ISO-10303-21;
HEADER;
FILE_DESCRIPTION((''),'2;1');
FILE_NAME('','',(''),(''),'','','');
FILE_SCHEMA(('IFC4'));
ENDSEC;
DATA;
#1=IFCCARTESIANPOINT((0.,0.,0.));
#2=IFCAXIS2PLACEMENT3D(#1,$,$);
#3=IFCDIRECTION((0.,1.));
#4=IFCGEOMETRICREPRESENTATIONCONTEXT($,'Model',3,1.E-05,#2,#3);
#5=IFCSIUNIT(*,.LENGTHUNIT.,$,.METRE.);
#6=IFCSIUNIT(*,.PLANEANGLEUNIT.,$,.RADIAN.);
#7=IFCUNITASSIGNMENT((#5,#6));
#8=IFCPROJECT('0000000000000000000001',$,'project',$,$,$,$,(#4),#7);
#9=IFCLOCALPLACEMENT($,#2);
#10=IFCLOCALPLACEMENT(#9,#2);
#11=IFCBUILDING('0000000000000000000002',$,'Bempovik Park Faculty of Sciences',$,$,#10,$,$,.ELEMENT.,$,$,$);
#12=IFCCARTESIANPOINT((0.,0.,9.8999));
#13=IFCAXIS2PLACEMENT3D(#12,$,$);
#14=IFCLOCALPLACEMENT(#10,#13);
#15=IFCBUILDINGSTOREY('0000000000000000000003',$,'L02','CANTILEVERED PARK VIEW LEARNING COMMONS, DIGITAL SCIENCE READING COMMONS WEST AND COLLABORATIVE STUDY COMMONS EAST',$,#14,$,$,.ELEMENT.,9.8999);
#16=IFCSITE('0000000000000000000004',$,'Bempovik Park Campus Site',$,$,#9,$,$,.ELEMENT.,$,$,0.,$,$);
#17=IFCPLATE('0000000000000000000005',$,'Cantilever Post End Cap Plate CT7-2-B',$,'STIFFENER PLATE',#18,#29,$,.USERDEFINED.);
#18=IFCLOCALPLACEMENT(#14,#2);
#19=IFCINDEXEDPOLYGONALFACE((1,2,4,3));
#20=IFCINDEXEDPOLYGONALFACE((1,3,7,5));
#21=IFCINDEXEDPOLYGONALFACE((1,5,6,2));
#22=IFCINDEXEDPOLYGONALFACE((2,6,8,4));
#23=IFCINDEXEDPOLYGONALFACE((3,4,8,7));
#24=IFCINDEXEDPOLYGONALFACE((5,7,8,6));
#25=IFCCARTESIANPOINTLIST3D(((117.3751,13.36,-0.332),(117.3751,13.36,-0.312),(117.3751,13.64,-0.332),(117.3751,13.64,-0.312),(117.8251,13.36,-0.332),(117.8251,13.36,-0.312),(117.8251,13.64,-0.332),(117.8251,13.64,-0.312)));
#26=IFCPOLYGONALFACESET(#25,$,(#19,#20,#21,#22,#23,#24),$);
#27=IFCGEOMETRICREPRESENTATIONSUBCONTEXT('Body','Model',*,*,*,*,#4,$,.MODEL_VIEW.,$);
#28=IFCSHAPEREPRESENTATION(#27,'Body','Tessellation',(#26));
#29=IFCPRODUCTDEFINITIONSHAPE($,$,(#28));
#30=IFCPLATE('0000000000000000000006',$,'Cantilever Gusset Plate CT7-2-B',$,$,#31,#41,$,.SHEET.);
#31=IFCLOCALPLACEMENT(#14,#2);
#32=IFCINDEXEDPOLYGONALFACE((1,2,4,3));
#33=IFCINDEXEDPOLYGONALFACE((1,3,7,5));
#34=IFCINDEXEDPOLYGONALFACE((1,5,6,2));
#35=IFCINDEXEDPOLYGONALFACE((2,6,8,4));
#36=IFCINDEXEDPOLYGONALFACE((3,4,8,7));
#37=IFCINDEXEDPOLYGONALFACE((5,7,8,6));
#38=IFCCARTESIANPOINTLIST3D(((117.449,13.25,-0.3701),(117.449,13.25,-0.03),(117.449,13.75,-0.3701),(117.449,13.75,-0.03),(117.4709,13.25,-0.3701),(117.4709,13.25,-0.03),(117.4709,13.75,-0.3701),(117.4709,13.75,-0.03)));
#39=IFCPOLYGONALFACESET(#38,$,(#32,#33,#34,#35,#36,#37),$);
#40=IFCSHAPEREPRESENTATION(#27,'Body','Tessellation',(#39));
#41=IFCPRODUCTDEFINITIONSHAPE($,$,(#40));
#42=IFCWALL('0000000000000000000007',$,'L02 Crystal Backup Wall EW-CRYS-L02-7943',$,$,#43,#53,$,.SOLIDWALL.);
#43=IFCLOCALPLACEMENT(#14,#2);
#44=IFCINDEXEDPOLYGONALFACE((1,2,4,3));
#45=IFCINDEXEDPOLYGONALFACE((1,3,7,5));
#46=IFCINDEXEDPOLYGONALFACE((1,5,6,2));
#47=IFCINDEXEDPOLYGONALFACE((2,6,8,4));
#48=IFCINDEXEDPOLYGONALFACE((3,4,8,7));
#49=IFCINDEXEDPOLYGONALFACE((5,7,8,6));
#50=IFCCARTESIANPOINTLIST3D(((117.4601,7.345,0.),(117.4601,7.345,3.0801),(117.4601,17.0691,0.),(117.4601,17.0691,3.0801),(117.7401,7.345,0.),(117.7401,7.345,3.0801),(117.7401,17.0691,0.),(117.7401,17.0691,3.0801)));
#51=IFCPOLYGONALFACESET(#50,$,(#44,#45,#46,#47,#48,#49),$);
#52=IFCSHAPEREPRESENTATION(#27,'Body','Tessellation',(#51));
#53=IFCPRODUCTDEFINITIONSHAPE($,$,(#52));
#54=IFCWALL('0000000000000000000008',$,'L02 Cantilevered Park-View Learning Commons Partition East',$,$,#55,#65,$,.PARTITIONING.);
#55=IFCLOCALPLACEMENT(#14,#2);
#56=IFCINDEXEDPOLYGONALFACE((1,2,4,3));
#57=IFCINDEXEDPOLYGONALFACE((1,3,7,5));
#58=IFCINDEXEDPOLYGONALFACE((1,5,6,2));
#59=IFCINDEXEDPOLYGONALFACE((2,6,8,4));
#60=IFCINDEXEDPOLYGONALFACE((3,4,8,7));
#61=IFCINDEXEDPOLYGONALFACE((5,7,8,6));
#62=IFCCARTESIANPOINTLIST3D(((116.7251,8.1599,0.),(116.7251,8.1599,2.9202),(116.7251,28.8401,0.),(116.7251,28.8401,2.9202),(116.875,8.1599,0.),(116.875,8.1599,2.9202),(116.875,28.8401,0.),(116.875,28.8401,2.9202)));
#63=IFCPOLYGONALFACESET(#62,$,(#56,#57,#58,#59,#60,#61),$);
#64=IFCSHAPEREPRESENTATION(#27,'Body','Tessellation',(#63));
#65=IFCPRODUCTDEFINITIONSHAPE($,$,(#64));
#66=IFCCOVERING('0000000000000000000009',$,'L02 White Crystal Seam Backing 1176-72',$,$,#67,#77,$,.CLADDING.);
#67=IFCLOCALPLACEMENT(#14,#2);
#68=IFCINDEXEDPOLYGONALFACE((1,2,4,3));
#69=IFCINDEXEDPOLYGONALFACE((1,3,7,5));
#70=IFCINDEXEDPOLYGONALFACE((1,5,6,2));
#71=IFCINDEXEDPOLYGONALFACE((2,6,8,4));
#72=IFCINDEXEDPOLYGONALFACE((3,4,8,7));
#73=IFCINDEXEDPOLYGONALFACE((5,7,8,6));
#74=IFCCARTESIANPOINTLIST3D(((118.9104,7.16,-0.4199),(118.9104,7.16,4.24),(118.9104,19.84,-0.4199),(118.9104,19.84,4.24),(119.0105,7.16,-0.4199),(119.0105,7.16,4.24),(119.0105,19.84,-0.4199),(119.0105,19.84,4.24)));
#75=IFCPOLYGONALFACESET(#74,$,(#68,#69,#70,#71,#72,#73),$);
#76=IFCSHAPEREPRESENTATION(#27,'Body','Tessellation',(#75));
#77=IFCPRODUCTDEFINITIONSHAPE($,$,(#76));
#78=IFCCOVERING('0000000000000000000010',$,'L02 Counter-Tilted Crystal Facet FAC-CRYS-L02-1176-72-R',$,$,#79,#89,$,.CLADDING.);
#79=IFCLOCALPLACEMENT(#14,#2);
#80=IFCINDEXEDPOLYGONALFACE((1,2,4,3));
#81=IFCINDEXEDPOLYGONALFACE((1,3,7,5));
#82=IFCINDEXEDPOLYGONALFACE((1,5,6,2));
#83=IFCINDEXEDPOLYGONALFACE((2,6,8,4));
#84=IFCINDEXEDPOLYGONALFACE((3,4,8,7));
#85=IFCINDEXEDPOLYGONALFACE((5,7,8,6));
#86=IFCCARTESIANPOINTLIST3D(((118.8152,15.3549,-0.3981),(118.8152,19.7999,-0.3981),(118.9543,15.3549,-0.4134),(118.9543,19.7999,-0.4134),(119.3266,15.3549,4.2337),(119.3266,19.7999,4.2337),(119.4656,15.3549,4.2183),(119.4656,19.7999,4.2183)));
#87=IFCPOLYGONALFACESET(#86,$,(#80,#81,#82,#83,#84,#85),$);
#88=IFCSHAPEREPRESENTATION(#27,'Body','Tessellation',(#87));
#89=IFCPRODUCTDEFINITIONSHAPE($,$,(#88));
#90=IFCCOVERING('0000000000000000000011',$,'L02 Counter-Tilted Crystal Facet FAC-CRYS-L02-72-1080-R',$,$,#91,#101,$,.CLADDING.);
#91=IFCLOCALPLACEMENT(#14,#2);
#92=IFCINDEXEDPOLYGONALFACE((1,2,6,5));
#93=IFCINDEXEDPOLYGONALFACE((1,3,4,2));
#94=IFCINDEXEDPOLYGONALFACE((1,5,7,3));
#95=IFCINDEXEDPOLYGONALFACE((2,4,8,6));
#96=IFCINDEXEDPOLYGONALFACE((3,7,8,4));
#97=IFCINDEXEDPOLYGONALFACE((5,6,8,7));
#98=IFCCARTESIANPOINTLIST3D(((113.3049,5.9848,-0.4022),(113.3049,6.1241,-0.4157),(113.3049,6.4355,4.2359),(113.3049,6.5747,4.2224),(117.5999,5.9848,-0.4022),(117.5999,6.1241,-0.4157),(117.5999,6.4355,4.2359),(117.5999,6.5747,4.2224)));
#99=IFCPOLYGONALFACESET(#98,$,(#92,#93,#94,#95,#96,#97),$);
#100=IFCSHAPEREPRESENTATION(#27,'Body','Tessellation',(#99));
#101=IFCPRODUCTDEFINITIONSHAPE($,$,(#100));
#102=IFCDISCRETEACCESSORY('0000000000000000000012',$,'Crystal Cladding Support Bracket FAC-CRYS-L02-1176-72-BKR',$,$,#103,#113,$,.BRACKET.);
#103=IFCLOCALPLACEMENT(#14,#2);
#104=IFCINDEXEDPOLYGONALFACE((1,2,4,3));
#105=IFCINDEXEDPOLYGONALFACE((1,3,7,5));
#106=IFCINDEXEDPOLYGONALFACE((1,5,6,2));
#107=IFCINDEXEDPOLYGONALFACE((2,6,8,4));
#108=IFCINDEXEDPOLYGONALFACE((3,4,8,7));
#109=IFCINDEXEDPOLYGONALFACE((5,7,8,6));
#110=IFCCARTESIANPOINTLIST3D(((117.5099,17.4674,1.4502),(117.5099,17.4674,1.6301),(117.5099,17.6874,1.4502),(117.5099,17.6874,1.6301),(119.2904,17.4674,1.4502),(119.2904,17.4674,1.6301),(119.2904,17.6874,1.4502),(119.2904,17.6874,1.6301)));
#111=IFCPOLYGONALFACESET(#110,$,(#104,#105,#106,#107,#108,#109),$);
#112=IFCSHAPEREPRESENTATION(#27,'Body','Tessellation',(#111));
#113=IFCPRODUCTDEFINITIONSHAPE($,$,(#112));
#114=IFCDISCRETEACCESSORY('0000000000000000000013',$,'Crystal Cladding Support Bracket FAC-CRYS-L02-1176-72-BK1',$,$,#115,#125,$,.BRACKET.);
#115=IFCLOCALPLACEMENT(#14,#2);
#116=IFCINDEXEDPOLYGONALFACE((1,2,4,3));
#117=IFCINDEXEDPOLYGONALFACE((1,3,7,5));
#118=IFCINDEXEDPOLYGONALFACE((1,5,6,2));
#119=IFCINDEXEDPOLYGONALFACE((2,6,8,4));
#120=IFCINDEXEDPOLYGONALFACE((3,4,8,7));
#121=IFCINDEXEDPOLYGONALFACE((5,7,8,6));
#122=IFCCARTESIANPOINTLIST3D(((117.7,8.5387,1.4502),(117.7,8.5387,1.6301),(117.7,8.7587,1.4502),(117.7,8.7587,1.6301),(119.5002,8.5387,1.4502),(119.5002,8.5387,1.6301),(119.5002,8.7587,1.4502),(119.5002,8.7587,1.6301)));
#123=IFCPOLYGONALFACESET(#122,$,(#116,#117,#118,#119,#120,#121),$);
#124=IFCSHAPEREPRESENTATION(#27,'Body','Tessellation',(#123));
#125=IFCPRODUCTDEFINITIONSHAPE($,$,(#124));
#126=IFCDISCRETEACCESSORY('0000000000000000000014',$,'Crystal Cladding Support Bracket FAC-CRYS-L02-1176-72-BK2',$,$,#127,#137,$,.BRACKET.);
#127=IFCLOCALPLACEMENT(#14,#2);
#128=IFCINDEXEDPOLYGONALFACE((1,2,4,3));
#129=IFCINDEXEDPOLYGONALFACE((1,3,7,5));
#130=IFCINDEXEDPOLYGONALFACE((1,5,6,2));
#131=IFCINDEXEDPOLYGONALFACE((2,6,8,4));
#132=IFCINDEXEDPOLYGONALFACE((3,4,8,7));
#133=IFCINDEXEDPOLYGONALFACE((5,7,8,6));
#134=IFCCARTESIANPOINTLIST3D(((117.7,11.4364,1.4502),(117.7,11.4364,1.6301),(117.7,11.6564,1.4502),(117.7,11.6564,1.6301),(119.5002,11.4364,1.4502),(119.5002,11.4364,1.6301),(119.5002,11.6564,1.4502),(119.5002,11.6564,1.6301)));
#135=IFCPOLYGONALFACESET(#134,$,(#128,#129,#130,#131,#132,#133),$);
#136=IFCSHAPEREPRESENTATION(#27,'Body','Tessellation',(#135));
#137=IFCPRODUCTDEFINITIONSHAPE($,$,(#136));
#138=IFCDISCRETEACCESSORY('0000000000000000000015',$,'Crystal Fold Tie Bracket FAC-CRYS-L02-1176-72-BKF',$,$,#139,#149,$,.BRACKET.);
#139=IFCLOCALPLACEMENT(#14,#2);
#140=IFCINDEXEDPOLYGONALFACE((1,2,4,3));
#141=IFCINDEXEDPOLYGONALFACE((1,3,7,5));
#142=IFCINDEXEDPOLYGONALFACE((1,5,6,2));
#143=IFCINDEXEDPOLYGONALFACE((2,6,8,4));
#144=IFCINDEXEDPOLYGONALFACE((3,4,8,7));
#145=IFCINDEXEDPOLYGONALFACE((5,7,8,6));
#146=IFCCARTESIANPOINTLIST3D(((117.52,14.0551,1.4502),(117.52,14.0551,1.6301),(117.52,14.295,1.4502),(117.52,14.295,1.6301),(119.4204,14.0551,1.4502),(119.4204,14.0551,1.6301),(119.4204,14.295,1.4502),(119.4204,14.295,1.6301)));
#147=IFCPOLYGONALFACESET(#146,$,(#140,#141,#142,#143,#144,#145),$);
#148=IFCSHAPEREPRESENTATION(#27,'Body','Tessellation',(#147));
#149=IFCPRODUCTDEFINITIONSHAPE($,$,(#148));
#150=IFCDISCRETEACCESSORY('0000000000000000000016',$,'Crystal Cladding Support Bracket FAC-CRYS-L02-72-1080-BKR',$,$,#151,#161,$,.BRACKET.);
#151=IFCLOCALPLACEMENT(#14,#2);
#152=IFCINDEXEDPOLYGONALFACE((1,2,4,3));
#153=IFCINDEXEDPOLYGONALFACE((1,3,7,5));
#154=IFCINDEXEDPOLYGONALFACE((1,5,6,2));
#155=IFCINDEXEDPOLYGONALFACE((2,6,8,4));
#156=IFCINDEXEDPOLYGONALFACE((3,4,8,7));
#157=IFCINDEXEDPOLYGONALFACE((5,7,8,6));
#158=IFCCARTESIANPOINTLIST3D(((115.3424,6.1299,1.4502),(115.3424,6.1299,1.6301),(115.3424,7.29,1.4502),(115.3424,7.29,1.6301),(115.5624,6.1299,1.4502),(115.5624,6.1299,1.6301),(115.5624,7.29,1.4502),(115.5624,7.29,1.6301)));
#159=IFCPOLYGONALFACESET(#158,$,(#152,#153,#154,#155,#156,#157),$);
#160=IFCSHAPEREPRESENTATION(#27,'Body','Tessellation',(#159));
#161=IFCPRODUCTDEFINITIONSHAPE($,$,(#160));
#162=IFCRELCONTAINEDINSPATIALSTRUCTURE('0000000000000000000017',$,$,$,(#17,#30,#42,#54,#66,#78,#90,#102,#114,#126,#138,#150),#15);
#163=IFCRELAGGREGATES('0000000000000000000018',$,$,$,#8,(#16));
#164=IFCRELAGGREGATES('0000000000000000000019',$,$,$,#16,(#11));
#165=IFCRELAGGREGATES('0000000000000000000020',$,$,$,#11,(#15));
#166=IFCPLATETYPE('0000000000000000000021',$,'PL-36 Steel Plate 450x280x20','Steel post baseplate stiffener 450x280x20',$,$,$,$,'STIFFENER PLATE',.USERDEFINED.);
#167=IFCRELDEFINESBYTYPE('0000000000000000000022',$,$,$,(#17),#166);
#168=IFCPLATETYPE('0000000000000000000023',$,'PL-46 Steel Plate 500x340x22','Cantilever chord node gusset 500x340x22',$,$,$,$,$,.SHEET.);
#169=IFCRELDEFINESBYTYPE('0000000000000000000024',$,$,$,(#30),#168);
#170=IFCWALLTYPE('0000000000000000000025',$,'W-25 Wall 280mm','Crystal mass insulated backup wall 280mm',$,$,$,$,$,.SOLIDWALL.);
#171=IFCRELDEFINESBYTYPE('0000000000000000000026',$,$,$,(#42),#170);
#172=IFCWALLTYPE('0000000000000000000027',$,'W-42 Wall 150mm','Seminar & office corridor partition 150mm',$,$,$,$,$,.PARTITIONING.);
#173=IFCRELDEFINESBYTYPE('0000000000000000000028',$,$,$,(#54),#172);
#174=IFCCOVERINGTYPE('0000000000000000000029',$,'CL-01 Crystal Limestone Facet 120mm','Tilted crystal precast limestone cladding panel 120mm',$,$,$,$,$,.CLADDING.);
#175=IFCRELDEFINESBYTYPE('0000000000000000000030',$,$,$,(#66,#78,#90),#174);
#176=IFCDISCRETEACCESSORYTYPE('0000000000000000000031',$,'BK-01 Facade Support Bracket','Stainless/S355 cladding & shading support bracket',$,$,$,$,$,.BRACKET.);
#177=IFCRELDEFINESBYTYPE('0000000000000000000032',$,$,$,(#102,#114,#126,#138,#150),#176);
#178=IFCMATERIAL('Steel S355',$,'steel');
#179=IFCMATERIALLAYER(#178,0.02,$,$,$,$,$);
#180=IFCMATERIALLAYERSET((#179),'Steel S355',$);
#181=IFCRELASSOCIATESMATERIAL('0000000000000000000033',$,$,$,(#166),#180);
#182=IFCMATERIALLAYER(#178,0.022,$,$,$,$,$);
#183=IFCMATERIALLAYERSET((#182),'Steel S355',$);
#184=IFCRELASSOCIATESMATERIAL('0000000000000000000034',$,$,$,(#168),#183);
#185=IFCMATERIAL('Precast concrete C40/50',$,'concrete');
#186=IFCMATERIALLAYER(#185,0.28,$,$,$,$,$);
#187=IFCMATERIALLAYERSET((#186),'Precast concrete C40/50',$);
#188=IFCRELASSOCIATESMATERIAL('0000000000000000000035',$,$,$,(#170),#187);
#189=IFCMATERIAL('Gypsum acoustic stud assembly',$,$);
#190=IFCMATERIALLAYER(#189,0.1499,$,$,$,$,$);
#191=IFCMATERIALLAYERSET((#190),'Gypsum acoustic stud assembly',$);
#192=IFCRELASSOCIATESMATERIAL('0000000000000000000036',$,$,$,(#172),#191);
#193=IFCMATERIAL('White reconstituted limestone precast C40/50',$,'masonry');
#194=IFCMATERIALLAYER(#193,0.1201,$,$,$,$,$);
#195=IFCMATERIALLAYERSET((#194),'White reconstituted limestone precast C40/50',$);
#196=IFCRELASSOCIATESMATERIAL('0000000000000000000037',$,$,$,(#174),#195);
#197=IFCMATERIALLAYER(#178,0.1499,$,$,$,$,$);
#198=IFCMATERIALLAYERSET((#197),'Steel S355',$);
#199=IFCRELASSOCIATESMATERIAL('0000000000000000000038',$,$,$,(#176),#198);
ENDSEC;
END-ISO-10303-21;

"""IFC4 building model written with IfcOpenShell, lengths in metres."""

from ifc_helpers import new_model, si_unit, direction, frame, frame_2d, origin, origin_2d, place, context, subcontext, project, spatial, rectangle, extrude, material, layer, layer_set, type_object, element, save


model = new_model("IFC4")

# Units and contexts
model_context = context("Model", 3, precision=1e-05, world=origin(), true_north=direction((0.0, 1.0)))
body_context = subcontext(model_context, "Body", "Model", "MODEL_VIEW")
ifc_project = project(units=[si_unit("LENGTHUNIT", "METRE"), si_unit("PLANEANGLEUNIT", "RADIAN")], contexts=[model_context])

# Site, building, storey
site_placement = place(None, origin())
site = spatial("IfcSite", under=ifc_project, at=site_placement, Name="Bempovik Park Campus Site", CompositionType="ELEMENT", RefElevation=0.0)
building_placement = place(site_placement, origin())
building = spatial("IfcBuilding", under=site, at=building_placement, Name="Bempovik Park Faculty of Sciences", CompositionType="ELEMENT")
storey_placement = place(building_placement, frame((0.0, 0.0, 9.8999)))
storey = spatial("IfcBuildingStorey", under=building, at=storey_placement, Name="L02", Description="CANTILEVERED PARK VIEW LEARNING COMMONS, DIGITAL SCIENCE READING COMMONS WEST AND COLLABORATIVE STUDY COMMONS EAST", CompositionType="ELEMENT", Elevation=9.8999)

# Shared definitions
ifc_material_1 = material(Name="Steel S355", Category="steel")

# Plates
ifc_layer_1 = layer(ifc_material_1, 0.02)
ifc_layer_set_1 = layer_set([ifc_layer_1], Name="Steel S355")
plate_type_1 = type_object("IfcPlateType", Name="PL-36 Steel Plate 450x280x20", Description="Steel post baseplate stiffener 450x280x20", ElementType="STIFFENER PLATE", PredefinedType="USERDEFINED", material=ifc_layer_set_1)
for number, where, z_axis, x_axis, name in (
    (1, (117.6001, 13.5, -0.332), (0.0, 0.0, 1.0), (1.0, 0.0, 0.0), "Cantilever Post End Cap Plate CT7-2-B"),
):
    element("IfcPlate", number, at=place(storey_placement, frame(where, z_axis=z_axis, x_axis=x_axis)), inside=storey, type_object=plate_type_1, Name=name, ObjectType="STIFFENER PLATE", PredefinedType="USERDEFINED", context=body_context, shape_type="SweptSolid", body=[
        extrude(rectangle(XDim=0.45, YDim=0.28, at=origin_2d()), origin(), (0.0, 0.0, 1.0), 0.02),
    ])
ifc_layer_2 = layer(ifc_material_1, 0.022)
ifc_layer_set_2 = layer_set([ifc_layer_2], Name="Steel S355")
plate_type_2 = type_object("IfcPlateType", Name="PL-46 Steel Plate 500x340x22", Description="Cantilever chord node gusset 500x340x22", PredefinedType="SHEET", material=ifc_layer_set_2)
plate_1_placement = place(storey_placement, frame((117.46, 13.5, -0.3701), z_axis=(0.0, 0.0, 1.0), x_axis=(1.0, 0.0, 0.0)))
element("IfcPlate", 2, at=plate_1_placement, inside=storey, type_object=plate_type_2, Name="Cantilever Gusset Plate CT7-2-B", PredefinedType="SHEET", context=body_context, shape_type="SweptSolid", body=[
    extrude(rectangle(XDim=0.022, YDim=0.5, at=origin_2d()), origin(), (0.0, 0.0, 1.0), 0.3401),
])

# Walls
ifc_material_2 = material(Name="Precast concrete C40/50", Category="concrete")
ifc_layer_3 = layer(ifc_material_2, 0.28)
ifc_layer_set_3 = layer_set([ifc_layer_3], Name="Precast concrete C40/50")
wall_type_1 = type_object("IfcWallType", Name="W-25 Wall 280mm", Description="Crystal mass insulated backup wall 280mm", PredefinedType="SOLIDWALL", material=ifc_layer_set_3)
wall_1_placement = place(storey_placement, frame((117.6001, 7.345, 0.0), z_axis=(0.0, 0.0, 1.0), x_axis=(0.0, 1.0, 0.0)))
element("IfcWall", 3, at=wall_1_placement, inside=storey, type_object=wall_type_1, Name="L02 Crystal Backup Wall EW-CRYS-L02-7943", PredefinedType="SOLIDWALL", context=body_context, shape_type="SweptSolid", body=[
    extrude(rectangle(XDim=9.7241, YDim=0.28, at=frame_2d((4.8621, 0.0))), origin(), (0.0, 0.0, 1.0), 3.0801),
])
ifc_material_3 = material(Name="Gypsum acoustic stud assembly")
ifc_layer_4 = layer(ifc_material_3, 0.1499)
ifc_layer_set_4 = layer_set([ifc_layer_4], Name="Gypsum acoustic stud assembly")
wall_type_2 = type_object("IfcWallType", Name="W-42 Wall 150mm", Description="Seminar & office corridor partition 150mm", PredefinedType="PARTITIONING", material=ifc_layer_set_4)
wall_2_placement = place(storey_placement, frame((116.8, 8.1599, 0.0), z_axis=(0.0, 0.0, 1.0), x_axis=(0.0, 1.0, 0.0)))
element("IfcWall", 4, at=wall_2_placement, inside=storey, type_object=wall_type_2, Name="L02 Cantilevered Park-View Learning Commons Partition East", PredefinedType="PARTITIONING", context=body_context, shape_type="SweptSolid", body=[
    extrude(rectangle(XDim=20.6802, YDim=0.1499, at=frame_2d((10.3401, 0.0))), origin(), (0.0, 0.0, 1.0), 2.9202),
])

# Coverings
ifc_material_4 = material(Name="White reconstituted limestone precast C40/50", Category="masonry")
ifc_layer_5 = layer(ifc_material_4, 0.1201)
ifc_layer_set_5 = layer_set([ifc_layer_5], Name="White reconstituted limestone precast C40/50")
covering_type = type_object("IfcCoveringType", Name="CL-01 Crystal Limestone Facet 120mm", Description="Tilted crystal precast limestone cladding panel 120mm", PredefinedType="CLADDING", material=ifc_layer_set_5)
covering_1_placement = place(storey_placement, frame((118.9604, 13.5, -0.4199), z_axis=(0.0, 0.0, 1.0), x_axis=(1.0, 0.0, 0.0)))
element("IfcCovering", 5, at=covering_1_placement, inside=storey, type_object=covering_type, Name="L02 White Crystal Seam Backing 1176-72", PredefinedType="CLADDING", context=body_context, shape_type="SweptSolid", body=[
    extrude(rectangle(XDim=0.1001, YDim=12.6799, at=origin_2d()), origin(), (0.0, 0.0, 1.0), 4.6599),
])
covering_2_placement = place(storey_placement, frame((118.8848, 17.5774, -0.4058), z_axis=(0.109734, 0.0, 0.993961), x_axis=(0.0, 1.0, 0.0)))
element("IfcCovering", 6, at=covering_2_placement, inside=storey, type_object=covering_type, Name="L02 Counter-Tilted Crystal Facet FAC-CRYS-L02-1176-72-R", PredefinedType="CLADDING", context=body_context, shape_type="SweptSolid", body=[
    extrude(rectangle(XDim=4.4451, YDim=0.1399, at=origin_2d()), origin(), (0.0, 0.0, 1.0), 4.6599),
])
covering_3_placement = place(storey_placement, frame((115.4524, 6.0544, -0.4089), z_axis=(0.0, 0.096714, 0.995312), x_axis=(1.0, 0.0, 0.0)))
element("IfcCovering", 7, at=covering_3_placement, inside=storey, type_object=covering_type, Name="L02 Counter-Tilted Crystal Facet FAC-CRYS-L02-72-1080-R", PredefinedType="CLADDING", context=body_context, shape_type="SweptSolid", body=[
    extrude(rectangle(XDim=4.2949, YDim=0.1399, at=origin_2d()), origin(), (0.0, 0.0, 1.0), 4.6599),
])

# Discrete accessories
ifc_layer_6 = layer(ifc_material_1, 0.1499)
ifc_layer_set_6 = layer_set([ifc_layer_6], Name="Steel S355")
discrete_accessory_type = type_object("IfcDiscreteAccessoryType", Name="BK-01 Facade Support Bracket", Description="Stainless/S355 cladding & shading support bracket", PredefinedType="BRACKET", material=ifc_layer_set_6)
discrete_accessory_1_placement = place(storey_placement, frame((118.4001, 17.5774, 1.4502), z_axis=(0.0, 0.0, 1.0), x_axis=(1.0, 0.0, 0.0)))
element("IfcDiscreteAccessory", 8, at=discrete_accessory_1_placement, inside=storey, type_object=discrete_accessory_type, Name="Crystal Cladding Support Bracket FAC-CRYS-L02-1176-72-BKR", PredefinedType="BRACKET", context=body_context, shape_type="SweptSolid", body=[
    extrude(rectangle(XDim=1.7805, YDim=0.22, at=origin_2d()), origin(), (0.0, 0.0, 1.0), 0.1799),
])
for number, where, z_axis, x_axis, name in (
    (9, (118.6001, 8.6487, 1.4502), (0.0, 0.0, 1.0), (1.0, 0.0, 0.0), "Crystal Cladding Support Bracket FAC-CRYS-L02-1176-72-BK1"),
    (10, (118.6001, 11.5464, 1.4502), (0.0, 0.0, 1.0), (1.0, 0.0, 0.0), "Crystal Cladding Support Bracket FAC-CRYS-L02-1176-72-BK2"),
):
    element("IfcDiscreteAccessory", number, at=place(storey_placement, frame(where, z_axis=z_axis, x_axis=x_axis)), inside=storey, type_object=discrete_accessory_type, Name=name, PredefinedType="BRACKET", context=body_context, shape_type="SweptSolid", body=[
        extrude(rectangle(XDim=1.8003, YDim=0.22, at=origin_2d()), origin(), (0.0, 0.0, 1.0), 0.1799),
    ])
discrete_accessory_2_placement = place(storey_placement, frame((118.4702, 14.175, 1.4502), z_axis=(0.0, 0.0, 1.0), x_axis=(1.0, 0.0, 0.0)))
element("IfcDiscreteAccessory", 11, at=discrete_accessory_2_placement, inside=storey, type_object=discrete_accessory_type, Name="Crystal Fold Tie Bracket FAC-CRYS-L02-1176-72-BKF", PredefinedType="BRACKET", context=body_context, shape_type="SweptSolid", body=[
    extrude(rectangle(XDim=1.9004, YDim=0.24, at=origin_2d()), origin(), (0.0, 0.0, 1.0), 0.1799),
])
discrete_accessory_3_placement = place(storey_placement, frame((115.4524, 6.71, 1.4502), z_axis=(0.0, 0.0, 1.0), x_axis=(1.0, 0.0, 0.0)))
element("IfcDiscreteAccessory", 12, at=discrete_accessory_3_placement, inside=storey, type_object=discrete_accessory_type, Name="Crystal Cladding Support Bracket FAC-CRYS-L02-72-1080-BKR", PredefinedType="BRACKET", context=body_context, shape_type="SweptSolid", body=[
    extrude(rectangle(XDim=0.22, YDim=1.1602, at=origin_2d()), origin(), (0.0, 0.0, 1.0), 0.1799),
])

save(model, "model.ifc")
